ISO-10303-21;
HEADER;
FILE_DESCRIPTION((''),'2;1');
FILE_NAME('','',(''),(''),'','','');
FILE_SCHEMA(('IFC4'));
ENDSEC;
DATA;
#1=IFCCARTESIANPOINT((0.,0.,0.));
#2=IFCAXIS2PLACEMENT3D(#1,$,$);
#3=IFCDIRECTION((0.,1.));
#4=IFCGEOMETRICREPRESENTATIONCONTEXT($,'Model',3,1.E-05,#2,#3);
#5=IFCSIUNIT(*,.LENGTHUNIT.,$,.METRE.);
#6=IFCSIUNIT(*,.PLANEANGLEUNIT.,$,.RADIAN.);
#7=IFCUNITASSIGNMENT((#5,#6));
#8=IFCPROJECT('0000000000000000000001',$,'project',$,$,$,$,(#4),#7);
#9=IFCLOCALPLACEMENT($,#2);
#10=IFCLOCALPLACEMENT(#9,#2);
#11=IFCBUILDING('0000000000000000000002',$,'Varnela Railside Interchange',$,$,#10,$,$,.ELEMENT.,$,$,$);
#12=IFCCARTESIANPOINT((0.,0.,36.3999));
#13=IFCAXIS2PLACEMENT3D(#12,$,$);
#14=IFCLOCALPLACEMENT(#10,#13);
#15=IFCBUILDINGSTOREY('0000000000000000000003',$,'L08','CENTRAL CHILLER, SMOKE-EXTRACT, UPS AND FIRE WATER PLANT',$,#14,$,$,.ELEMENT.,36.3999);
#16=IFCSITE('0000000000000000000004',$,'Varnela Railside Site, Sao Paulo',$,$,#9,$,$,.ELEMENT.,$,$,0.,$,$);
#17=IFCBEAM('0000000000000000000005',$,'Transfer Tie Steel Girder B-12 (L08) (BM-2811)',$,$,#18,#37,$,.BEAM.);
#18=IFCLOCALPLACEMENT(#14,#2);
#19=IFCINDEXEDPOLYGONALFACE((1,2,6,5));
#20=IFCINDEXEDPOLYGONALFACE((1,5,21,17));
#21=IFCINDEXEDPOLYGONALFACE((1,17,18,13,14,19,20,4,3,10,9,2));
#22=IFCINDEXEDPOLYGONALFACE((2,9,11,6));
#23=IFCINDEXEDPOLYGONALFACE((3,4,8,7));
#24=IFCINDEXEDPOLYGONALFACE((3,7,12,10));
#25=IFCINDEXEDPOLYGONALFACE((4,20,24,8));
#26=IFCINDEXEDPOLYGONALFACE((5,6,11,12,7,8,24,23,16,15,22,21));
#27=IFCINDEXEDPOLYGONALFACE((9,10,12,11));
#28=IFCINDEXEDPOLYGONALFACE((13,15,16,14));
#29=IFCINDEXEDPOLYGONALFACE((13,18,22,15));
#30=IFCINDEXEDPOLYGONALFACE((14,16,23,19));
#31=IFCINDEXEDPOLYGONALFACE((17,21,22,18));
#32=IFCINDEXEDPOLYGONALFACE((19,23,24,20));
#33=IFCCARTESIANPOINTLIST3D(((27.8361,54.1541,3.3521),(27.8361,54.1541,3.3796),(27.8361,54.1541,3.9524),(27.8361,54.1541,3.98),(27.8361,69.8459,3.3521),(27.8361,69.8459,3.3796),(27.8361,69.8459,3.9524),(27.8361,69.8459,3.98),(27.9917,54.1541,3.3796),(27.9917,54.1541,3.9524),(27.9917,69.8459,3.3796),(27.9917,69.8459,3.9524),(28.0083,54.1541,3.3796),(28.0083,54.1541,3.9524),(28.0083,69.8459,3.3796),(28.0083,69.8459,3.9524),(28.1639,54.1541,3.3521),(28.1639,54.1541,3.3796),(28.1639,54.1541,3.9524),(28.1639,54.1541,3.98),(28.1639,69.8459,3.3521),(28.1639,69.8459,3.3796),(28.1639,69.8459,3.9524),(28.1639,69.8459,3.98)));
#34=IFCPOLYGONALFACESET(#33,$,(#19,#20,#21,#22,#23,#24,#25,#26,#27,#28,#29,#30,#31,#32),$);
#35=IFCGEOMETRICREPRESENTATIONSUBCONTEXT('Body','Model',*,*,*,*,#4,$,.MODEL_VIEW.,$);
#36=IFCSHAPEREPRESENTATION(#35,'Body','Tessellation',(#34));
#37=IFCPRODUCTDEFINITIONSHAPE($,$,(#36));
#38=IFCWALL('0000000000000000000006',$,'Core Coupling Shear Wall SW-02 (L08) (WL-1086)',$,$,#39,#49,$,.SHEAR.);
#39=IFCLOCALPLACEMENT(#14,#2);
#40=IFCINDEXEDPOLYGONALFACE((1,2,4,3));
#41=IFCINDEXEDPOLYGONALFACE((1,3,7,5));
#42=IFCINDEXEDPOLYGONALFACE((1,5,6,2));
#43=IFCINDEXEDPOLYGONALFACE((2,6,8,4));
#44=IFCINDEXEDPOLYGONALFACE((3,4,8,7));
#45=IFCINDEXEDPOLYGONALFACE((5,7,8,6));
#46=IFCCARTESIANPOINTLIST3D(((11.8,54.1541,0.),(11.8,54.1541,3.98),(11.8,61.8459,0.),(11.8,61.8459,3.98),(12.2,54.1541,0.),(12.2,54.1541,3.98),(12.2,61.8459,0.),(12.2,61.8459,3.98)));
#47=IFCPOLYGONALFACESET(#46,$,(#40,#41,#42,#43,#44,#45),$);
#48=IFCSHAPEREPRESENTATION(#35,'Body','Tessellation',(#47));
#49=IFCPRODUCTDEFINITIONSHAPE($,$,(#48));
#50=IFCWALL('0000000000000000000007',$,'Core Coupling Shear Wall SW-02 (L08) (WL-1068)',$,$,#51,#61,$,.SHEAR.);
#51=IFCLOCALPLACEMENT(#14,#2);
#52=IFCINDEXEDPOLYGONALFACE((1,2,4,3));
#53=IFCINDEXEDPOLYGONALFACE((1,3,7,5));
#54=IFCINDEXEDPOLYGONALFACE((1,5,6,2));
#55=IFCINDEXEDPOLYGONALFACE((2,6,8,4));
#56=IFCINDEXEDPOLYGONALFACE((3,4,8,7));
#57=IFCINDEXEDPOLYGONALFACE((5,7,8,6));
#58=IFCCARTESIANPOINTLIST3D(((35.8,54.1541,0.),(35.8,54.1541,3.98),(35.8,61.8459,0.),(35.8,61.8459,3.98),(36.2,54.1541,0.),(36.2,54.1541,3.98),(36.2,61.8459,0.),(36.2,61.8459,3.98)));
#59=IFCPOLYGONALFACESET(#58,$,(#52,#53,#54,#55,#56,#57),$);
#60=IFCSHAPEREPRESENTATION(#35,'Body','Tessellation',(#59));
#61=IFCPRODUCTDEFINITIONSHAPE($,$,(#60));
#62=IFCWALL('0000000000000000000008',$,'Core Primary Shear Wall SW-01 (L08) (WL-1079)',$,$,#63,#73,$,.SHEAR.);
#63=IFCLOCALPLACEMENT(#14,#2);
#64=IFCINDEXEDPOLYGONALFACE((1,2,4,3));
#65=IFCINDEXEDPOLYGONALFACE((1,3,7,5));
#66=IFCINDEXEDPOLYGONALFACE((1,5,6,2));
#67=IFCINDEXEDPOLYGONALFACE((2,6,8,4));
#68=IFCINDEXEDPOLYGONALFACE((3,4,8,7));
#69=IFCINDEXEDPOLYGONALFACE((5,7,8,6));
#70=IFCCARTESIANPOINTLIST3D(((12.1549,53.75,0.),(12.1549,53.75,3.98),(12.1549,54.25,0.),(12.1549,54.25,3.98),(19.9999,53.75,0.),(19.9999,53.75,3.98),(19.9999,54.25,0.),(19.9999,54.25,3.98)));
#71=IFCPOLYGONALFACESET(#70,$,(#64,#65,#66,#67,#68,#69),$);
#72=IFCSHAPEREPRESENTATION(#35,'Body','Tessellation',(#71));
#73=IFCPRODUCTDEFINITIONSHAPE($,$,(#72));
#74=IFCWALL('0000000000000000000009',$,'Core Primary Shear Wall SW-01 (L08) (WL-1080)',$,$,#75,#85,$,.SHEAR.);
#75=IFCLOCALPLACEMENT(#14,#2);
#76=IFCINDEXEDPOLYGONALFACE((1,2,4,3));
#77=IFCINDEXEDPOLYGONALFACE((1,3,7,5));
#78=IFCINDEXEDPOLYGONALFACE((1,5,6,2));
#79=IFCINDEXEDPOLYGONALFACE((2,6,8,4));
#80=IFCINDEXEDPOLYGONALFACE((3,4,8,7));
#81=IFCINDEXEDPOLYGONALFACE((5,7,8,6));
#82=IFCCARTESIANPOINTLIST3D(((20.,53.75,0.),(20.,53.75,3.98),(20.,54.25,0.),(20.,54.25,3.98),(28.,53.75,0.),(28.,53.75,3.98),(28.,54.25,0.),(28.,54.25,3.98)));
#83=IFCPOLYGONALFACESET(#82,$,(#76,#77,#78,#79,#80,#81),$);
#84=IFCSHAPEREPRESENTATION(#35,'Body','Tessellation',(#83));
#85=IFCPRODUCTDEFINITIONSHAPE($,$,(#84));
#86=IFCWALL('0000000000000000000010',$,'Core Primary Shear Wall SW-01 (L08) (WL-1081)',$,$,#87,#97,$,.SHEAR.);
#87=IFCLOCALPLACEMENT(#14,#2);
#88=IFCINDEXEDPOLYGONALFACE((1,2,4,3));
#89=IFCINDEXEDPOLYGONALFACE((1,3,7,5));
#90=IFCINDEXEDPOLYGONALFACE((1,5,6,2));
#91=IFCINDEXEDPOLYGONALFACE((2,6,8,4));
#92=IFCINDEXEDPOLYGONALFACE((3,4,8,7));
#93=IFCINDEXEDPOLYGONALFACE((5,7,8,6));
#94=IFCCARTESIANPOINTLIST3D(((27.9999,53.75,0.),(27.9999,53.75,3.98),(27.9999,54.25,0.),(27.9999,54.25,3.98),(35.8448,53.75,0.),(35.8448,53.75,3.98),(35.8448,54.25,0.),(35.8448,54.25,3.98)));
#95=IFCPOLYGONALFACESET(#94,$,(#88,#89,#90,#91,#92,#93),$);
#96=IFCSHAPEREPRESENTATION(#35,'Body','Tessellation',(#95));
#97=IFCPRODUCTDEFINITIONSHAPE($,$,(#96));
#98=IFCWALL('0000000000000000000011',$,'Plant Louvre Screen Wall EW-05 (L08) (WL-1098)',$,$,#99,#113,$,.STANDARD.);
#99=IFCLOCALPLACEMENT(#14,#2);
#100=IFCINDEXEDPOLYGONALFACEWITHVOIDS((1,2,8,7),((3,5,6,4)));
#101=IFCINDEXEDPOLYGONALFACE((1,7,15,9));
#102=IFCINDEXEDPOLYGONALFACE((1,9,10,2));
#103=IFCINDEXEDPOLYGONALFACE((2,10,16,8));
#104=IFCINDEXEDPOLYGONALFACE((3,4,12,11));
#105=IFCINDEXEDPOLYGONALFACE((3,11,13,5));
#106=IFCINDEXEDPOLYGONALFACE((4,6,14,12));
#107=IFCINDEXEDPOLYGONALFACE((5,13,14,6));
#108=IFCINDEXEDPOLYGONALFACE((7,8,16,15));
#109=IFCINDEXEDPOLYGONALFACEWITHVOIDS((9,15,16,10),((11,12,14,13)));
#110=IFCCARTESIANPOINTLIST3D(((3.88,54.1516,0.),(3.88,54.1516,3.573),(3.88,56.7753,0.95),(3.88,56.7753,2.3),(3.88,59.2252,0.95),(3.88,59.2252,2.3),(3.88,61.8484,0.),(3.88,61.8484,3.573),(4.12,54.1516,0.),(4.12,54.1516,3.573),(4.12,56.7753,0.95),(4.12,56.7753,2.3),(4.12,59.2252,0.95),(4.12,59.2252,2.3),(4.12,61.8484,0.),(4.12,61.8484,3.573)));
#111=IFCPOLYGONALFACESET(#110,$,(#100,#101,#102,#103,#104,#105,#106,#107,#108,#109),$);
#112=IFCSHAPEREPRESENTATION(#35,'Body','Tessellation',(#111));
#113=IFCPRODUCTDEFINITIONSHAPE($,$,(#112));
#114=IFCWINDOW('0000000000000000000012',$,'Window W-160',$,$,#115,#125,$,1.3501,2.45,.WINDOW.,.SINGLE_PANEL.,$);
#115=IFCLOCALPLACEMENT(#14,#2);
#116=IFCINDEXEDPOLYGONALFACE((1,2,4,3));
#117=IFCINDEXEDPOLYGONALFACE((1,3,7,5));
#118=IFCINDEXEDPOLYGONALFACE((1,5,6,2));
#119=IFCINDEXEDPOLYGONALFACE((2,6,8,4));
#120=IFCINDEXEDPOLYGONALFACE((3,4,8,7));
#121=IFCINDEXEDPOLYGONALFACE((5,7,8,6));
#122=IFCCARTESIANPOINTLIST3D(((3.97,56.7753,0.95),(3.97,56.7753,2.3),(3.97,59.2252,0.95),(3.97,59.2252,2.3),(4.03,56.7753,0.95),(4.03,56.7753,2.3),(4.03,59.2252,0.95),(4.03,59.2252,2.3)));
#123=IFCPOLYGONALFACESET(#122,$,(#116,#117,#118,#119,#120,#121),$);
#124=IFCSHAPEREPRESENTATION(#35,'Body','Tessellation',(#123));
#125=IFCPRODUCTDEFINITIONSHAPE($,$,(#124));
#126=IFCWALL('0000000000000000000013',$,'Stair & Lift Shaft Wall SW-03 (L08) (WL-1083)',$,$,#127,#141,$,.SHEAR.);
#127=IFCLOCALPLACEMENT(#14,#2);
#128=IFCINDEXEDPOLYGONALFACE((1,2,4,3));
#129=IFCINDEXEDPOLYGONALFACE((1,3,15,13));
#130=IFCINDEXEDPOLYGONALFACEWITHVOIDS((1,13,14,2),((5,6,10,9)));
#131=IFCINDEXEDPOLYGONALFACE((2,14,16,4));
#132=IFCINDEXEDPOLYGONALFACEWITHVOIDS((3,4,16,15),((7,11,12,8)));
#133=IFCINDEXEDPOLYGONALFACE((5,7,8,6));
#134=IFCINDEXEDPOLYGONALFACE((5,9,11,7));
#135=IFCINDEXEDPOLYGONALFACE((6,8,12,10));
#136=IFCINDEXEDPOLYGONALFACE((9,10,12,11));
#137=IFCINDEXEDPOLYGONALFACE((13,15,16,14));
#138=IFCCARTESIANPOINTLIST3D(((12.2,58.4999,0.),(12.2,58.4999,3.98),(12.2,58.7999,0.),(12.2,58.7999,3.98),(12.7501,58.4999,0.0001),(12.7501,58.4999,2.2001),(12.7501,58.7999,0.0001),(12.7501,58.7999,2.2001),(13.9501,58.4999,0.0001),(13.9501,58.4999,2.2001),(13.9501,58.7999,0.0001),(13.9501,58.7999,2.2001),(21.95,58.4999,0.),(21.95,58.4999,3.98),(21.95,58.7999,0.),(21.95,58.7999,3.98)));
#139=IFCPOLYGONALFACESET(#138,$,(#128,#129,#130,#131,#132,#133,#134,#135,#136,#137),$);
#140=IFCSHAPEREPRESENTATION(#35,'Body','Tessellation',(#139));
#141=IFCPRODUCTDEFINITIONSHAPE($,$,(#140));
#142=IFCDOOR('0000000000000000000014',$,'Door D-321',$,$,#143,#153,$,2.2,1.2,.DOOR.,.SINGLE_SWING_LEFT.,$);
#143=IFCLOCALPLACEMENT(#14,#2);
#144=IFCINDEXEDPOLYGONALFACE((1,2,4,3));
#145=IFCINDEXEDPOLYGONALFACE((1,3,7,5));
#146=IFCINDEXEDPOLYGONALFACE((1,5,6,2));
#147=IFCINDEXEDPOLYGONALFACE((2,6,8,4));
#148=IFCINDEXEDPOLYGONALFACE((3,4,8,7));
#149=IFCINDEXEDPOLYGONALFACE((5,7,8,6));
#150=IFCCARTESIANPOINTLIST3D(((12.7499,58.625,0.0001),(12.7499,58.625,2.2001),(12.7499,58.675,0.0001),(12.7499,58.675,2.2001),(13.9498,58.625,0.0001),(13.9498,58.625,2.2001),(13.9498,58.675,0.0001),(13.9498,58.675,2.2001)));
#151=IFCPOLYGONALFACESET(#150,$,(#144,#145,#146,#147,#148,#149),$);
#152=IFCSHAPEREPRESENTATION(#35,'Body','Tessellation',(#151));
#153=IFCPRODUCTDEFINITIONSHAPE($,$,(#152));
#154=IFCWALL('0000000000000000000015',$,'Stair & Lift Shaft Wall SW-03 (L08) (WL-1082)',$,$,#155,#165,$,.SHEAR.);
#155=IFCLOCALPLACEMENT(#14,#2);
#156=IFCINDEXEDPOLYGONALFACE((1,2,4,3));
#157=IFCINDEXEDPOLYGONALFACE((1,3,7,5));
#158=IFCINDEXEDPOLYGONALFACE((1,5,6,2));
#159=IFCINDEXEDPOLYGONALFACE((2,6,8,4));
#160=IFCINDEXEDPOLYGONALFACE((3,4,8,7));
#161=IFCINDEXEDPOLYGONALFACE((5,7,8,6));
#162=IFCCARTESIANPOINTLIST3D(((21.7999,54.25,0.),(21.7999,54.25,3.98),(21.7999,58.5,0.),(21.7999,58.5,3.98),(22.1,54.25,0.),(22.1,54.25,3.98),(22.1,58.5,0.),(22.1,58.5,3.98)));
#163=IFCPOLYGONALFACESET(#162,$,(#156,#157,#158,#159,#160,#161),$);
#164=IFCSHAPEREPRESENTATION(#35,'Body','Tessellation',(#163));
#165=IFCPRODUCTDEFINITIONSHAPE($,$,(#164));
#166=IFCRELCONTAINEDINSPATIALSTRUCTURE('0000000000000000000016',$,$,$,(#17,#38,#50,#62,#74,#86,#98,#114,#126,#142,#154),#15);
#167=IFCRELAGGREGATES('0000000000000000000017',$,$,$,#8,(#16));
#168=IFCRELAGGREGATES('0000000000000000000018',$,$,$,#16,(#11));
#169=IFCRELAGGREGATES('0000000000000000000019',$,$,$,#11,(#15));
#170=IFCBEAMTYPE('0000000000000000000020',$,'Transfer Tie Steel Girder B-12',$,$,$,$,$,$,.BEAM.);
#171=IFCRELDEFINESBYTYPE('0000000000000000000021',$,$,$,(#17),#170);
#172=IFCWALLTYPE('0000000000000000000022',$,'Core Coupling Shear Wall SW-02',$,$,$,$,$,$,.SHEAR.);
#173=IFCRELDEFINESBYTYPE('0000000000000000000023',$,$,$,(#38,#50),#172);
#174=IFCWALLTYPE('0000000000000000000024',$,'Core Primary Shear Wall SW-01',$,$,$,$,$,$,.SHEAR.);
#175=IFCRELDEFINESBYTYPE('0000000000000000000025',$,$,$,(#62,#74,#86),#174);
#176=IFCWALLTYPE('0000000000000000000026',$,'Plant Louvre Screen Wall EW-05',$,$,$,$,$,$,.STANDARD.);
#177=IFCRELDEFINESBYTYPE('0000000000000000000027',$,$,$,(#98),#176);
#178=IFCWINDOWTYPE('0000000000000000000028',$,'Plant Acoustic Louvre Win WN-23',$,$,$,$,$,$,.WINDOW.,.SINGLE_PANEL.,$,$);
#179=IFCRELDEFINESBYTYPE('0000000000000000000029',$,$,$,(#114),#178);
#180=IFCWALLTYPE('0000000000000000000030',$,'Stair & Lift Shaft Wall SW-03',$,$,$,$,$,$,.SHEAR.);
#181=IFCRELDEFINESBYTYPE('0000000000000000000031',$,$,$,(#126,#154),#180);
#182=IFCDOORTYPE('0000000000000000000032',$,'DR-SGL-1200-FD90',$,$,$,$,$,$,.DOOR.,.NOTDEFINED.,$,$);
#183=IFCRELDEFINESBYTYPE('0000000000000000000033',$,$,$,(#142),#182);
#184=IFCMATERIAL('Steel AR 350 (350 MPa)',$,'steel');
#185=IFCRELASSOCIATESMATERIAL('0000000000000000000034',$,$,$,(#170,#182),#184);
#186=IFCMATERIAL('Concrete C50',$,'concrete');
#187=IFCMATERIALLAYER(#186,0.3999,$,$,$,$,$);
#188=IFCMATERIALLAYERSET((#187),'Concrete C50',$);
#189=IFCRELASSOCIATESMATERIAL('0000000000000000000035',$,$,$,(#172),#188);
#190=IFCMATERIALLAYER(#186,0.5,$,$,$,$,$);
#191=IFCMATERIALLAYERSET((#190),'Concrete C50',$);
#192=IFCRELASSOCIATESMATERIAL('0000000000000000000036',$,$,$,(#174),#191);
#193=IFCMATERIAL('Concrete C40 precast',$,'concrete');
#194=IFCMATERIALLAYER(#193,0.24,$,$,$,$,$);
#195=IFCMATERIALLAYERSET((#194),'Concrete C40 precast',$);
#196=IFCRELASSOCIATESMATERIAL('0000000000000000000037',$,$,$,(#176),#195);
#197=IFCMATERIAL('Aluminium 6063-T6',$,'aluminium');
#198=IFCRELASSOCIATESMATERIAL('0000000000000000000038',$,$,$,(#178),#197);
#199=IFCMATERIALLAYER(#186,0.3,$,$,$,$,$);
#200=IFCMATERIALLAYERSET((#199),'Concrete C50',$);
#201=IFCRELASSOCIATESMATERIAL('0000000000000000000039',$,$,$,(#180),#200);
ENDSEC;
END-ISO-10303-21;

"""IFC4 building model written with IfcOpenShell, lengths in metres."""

from ifc_helpers import new_model, si_unit, direction, frame, frame_2d, origin, origin_2d, place, context, subcontext, project, spatial, rectangle, i_section, extrude, material, layer, layer_set, material_profile, profile_set, type_object, element, fill, save


model = new_model("IFC4")

# Units and contexts
model_context = context("Model", 3, precision=1e-05, world=origin(), true_north=direction((0.0, 1.0)))
body_context = subcontext(model_context, "Body", "Model", "MODEL_VIEW")
ifc_project = project(units=[si_unit("LENGTHUNIT", "METRE"), si_unit("PLANEANGLEUNIT", "RADIAN")], contexts=[model_context])

# Site, building, storey
site_placement = place(None, origin())
site = spatial("IfcSite", under=ifc_project, at=site_placement, Name="Varnela Railside Site, Sao Paulo", CompositionType="ELEMENT", RefElevation=0.0)
building_placement = place(site_placement, origin())
building = spatial("IfcBuilding", under=site, at=building_placement, Name="Varnela Railside Interchange", CompositionType="ELEMENT")
storey_placement = place(building_placement, frame((0.0, 0.0, 36.3999)))
storey = spatial("IfcBuildingStorey", under=building, at=storey_placement, Name="L08", Description="CENTRAL CHILLER, SMOKE-EXTRACT, UPS AND FIRE WATER PLANT", CompositionType="ELEMENT", Elevation=36.3999)

# Shared definitions
ifc_material_1 = material(Name="Steel AR 350 (350 MPa)", Category="steel")

# Beam
ifc_material_profile_1 = material_profile(ifc_material_1, i_section(OverallWidth=0.3279, OverallDepth=0.6279, WebThickness=0.0166, FlangeThickness=0.0276, at=origin_2d()), Name="W610x217")
ifc_profile_set_1 = profile_set([ifc_material_profile_1], Name="Steel AR 350 (350 MPa)")
beam_type_1 = type_object("IfcBeamType", Name="Transfer Tie Steel Girder B-12", PredefinedType="BEAM", material=ifc_profile_set_1)
for number, where, z_axis, x_axis, name in (
    (1, (28.0, 54.1541, 3.666), (0.0, 1.0, 0.0), (-1.0, 0.0, 0.0), "Transfer Tie Steel Girder B-12 (L08) (BM-2811)"),
):
    element("IfcBeam", number, at=place(storey_placement, frame(where, z_axis=z_axis, x_axis=x_axis)), inside=storey, type_object=beam_type_1, Name=name, PredefinedType="BEAM", context=body_context, shape_type="SweptSolid", body=[
        extrude(i_section(OverallWidth=0.3279, OverallDepth=0.6279, WebThickness=0.0166, FlangeThickness=0.0276, at=origin_2d()), origin(), (0.0, 0.0, 1.0), 15.6919),
    ])

# Walls
ifc_material_2 = material(Name="Concrete C50", Category="concrete")
ifc_layer_1 = layer(ifc_material_2, 0.3999)
ifc_layer_set_1 = layer_set([ifc_layer_1], Name="Concrete C50")
wall_type_1 = type_object("IfcWallType", Name="Core Coupling Shear Wall SW-02", PredefinedType="SHEAR", material=ifc_layer_set_1)
for number, where, z_axis, x_axis, name in (
    (2, (12.0, 54.1541, 0.0), (0.0, 0.0, 1.0), (0.0, 1.0, 0.0), "Core Coupling Shear Wall SW-02 (L08) (WL-1086)"),
    (3, (36.0, 54.1541, 0.0), (0.0, 0.0, 1.0), (0.0, 1.0, 0.0), "Core Coupling Shear Wall SW-02 (L08) (WL-1068)"),
):
    element("IfcWall", number, at=place(storey_placement, frame(where, z_axis=z_axis, x_axis=x_axis)), inside=storey, type_object=wall_type_1, Name=name, PredefinedType="SHEAR", context=body_context, shape_type="SweptSolid", body=[
        extrude(rectangle(XDim=7.6919, YDim=0.3999, at=frame_2d((3.8459, 0.0))), origin(), (0.0, 0.0, 1.0), 3.98),
    ])
ifc_layer_2 = layer(ifc_material_2, 0.5)
ifc_layer_set_2 = layer_set([ifc_layer_2], Name="Concrete C50")
wall_type_2 = type_object("IfcWallType", Name="Core Primary Shear Wall SW-01", PredefinedType="SHEAR", material=ifc_layer_set_2)
wall_1_placement = place(storey_placement, frame((12.155, 54.0, 0.0), z_axis=(0.0, 0.0, 1.0), x_axis=(1.0, 0.0, 0.0)))
element("IfcWall", 4, at=wall_1_placement, inside=storey, type_object=wall_type_2, Name="Core Primary Shear Wall SW-01 (L08) (WL-1079)", PredefinedType="SHEAR", context=body_context, shape_type="SweptSolid", body=[
    extrude(rectangle(XDim=7.845, YDim=0.5, at=frame_2d((3.9224, 0.0))), origin(), (0.0, 0.0, 1.0), 3.98),
])
wall_2_placement = place(storey_placement, frame((20.0, 54.0, 0.0), z_axis=(0.0, 0.0, 1.0), x_axis=(1.0, 0.0, 0.0)))
element("IfcWall", 5, at=wall_2_placement, inside=storey, type_object=wall_type_2, Name="Core Primary Shear Wall SW-01 (L08) (WL-1080)", PredefinedType="SHEAR", context=body_context, shape_type="SweptSolid", body=[
    extrude(rectangle(XDim=8.0, YDim=0.5, at=frame_2d((4.0, 0.0))), origin(), (0.0, 0.0, 1.0), 3.98),
])
wall_3_placement = place(storey_placement, frame((28.0, 54.0, 0.0), z_axis=(0.0, 0.0, 1.0), x_axis=(1.0, 0.0, 0.0)))
element("IfcWall", 6, at=wall_3_placement, inside=storey, type_object=wall_type_2, Name="Core Primary Shear Wall SW-01 (L08) (WL-1081)", PredefinedType="SHEAR", context=body_context, shape_type="SweptSolid", body=[
    extrude(rectangle(XDim=7.845, YDim=0.5, at=frame_2d((3.9224, 0.0))), origin(), (0.0, 0.0, 1.0), 3.98),
])

# Wall, opening, window
ifc_material_3 = material(Name="Concrete C40 precast", Category="concrete")
ifc_layer_3 = layer(ifc_material_3, 0.24)
ifc_layer_set_3 = layer_set([ifc_layer_3], Name="Concrete C40 precast")
wall_type_3 = type_object("IfcWallType", Name="Plant Louvre Screen Wall EW-05", PredefinedType="STANDARD", material=ifc_layer_set_3)
wall_4_placement = place(storey_placement, frame((4.0, 54.1516, 0.0), z_axis=(0.0, 0.0, 1.0), x_axis=(0.0, 1.0, 0.0)))
wall_4 = element("IfcWall", 7, at=wall_4_placement, inside=storey, type_object=wall_type_3, Name="Plant Louvre Screen Wall EW-05 (L08) (WL-1098)", PredefinedType="STANDARD", context=body_context, shape_type="SweptSolid", body=[
    extrude(rectangle(XDim=7.6968, YDim=0.24, at=frame_2d((3.8484, 0.0))), origin(), (0.0, 0.0, 1.0), 3.573),
])
opening_1_placement = place(wall_4_placement, frame((2.6235, 0.0, 0.95)))
opening_1 = element("IfcOpeningElement", 8, at=opening_1_placement, cuts=wall_4, PredefinedType="OPENING", context=body_context, shape_type="SweptSolid", body=[
    extrude(rectangle(XDim=2.45, YDim=1.3501, at=frame_2d((1.2251, 0.675))), frame((0.0, 0.1299, 0.0), z_axis=(0.0, -1.0, 0.0), x_axis=(1.0, 0.0, 0.0)), (0.0, 0.0, 1.0), 0.26),
])
ifc_material_4 = material(Name="Aluminium 6063-T6", Category="aluminium")
window_type = type_object("IfcWindowType", Name="Plant Acoustic Louvre Win WN-23", PartitioningType="SINGLE_PANEL", PredefinedType="WINDOW", material=ifc_material_4)
window_placement = place(opening_1_placement, origin())
window = element("IfcWindow", 9, at=window_placement, inside=storey, type_object=window_type, Name="Window W-160", OverallHeight=1.3501, OverallWidth=2.45, PartitioningType="SINGLE_PANEL", PredefinedType="WINDOW", context=body_context, shape_type="SweptSolid", body=[
    extrude(rectangle(XDim=2.45, YDim=1.3501, at=frame_2d((1.2251, 0.675))), frame((0.0, 0.03, 0.0), z_axis=(0.0, -1.0, 0.0), x_axis=(1.0, 0.0, 0.0)), (0.0, 0.0, 1.0), 0.0601),
])
fill(opening_1, window)

# Wall, opening, door
ifc_layer_4 = layer(ifc_material_2, 0.3)
ifc_layer_set_4 = layer_set([ifc_layer_4], Name="Concrete C50")
wall_type_4 = type_object("IfcWallType", Name="Stair & Lift Shaft Wall SW-03", PredefinedType="SHEAR", material=ifc_layer_set_4)
wall_5_placement = place(storey_placement, frame((12.2, 58.6499, 0.0), z_axis=(0.0, 0.0, 1.0), x_axis=(1.0, 0.0, 0.0)))
wall_5 = element("IfcWall", 10, at=wall_5_placement, inside=storey, type_object=wall_type_4, Name="Stair & Lift Shaft Wall SW-03 (L08) (WL-1083)", PredefinedType="SHEAR", context=body_context, shape_type="SweptSolid", body=[
    extrude(rectangle(XDim=9.75, YDim=0.3, at=frame_2d((4.875, 0.0))), origin(), (0.0, 0.0, 1.0), 3.98),
])
opening_2_placement = place(wall_5_placement, frame((0.55, 0.0, 0.0)))
opening_2 = element("IfcOpeningElement", 11, at=opening_2_placement, cuts=wall_5, PredefinedType="OPENING", context=body_context, shape_type="SweptSolid", body=[
    extrude(rectangle(XDim=1.2, YDim=2.2, at=frame_2d((0.6001, 1.1001))), frame((0.0, 0.1599, 0.0), z_axis=(0.0, -1.0, 0.0), x_axis=(1.0, 0.0, 0.0)), (0.0, 0.0, 1.0), 0.3201),
])
door_type_1 = type_object("IfcDoorType", Name="DR-SGL-1200-FD90", OperationType="NOTDEFINED", PredefinedType="DOOR", material=ifc_material_1)
door_1_placement = place(opening_2_placement, frame((1.2, 0.0, 0.0), z_axis=(0.0, 0.0, 1.0), x_axis=(-1.0, 0.0, 0.0)))
door_1 = element("IfcDoor", 12, at=door_1_placement, inside=storey, type_object=door_type_1, Name="Door D-321", OperationType="SINGLE_SWING_LEFT", OverallHeight=2.2, OverallWidth=1.2, PredefinedType="DOOR", context=body_context, shape_type="SweptSolid", body=[
    extrude(rectangle(XDim=1.2, YDim=2.2, at=frame_2d((0.6001, 1.1001))), frame((0.0, 0.0249, 0.0), z_axis=(0.0, -1.0, 0.0), x_axis=(1.0, 0.0, 0.0)), (0.0, 0.0, 1.0), 0.05),
])
fill(opening_2, door_1)

# Wall
wall_6_placement = place(storey_placement, frame((21.95, 54.25, 0.0), z_axis=(0.0, 0.0, 1.0), x_axis=(0.0, 1.0, 0.0)))
element("IfcWall", 13, at=wall_6_placement, inside=storey, type_object=wall_type_4, Name="Stair & Lift Shaft Wall SW-03 (L08) (WL-1082)", PredefinedType="SHEAR", context=body_context, shape_type="SweptSolid", body=[
    extrude(rectangle(XDim=4.25, YDim=0.3, at=frame_2d((2.125, 0.0))), origin(), (0.0, 0.0, 1.0), 3.98),
])

save(model, "model.ifc")
